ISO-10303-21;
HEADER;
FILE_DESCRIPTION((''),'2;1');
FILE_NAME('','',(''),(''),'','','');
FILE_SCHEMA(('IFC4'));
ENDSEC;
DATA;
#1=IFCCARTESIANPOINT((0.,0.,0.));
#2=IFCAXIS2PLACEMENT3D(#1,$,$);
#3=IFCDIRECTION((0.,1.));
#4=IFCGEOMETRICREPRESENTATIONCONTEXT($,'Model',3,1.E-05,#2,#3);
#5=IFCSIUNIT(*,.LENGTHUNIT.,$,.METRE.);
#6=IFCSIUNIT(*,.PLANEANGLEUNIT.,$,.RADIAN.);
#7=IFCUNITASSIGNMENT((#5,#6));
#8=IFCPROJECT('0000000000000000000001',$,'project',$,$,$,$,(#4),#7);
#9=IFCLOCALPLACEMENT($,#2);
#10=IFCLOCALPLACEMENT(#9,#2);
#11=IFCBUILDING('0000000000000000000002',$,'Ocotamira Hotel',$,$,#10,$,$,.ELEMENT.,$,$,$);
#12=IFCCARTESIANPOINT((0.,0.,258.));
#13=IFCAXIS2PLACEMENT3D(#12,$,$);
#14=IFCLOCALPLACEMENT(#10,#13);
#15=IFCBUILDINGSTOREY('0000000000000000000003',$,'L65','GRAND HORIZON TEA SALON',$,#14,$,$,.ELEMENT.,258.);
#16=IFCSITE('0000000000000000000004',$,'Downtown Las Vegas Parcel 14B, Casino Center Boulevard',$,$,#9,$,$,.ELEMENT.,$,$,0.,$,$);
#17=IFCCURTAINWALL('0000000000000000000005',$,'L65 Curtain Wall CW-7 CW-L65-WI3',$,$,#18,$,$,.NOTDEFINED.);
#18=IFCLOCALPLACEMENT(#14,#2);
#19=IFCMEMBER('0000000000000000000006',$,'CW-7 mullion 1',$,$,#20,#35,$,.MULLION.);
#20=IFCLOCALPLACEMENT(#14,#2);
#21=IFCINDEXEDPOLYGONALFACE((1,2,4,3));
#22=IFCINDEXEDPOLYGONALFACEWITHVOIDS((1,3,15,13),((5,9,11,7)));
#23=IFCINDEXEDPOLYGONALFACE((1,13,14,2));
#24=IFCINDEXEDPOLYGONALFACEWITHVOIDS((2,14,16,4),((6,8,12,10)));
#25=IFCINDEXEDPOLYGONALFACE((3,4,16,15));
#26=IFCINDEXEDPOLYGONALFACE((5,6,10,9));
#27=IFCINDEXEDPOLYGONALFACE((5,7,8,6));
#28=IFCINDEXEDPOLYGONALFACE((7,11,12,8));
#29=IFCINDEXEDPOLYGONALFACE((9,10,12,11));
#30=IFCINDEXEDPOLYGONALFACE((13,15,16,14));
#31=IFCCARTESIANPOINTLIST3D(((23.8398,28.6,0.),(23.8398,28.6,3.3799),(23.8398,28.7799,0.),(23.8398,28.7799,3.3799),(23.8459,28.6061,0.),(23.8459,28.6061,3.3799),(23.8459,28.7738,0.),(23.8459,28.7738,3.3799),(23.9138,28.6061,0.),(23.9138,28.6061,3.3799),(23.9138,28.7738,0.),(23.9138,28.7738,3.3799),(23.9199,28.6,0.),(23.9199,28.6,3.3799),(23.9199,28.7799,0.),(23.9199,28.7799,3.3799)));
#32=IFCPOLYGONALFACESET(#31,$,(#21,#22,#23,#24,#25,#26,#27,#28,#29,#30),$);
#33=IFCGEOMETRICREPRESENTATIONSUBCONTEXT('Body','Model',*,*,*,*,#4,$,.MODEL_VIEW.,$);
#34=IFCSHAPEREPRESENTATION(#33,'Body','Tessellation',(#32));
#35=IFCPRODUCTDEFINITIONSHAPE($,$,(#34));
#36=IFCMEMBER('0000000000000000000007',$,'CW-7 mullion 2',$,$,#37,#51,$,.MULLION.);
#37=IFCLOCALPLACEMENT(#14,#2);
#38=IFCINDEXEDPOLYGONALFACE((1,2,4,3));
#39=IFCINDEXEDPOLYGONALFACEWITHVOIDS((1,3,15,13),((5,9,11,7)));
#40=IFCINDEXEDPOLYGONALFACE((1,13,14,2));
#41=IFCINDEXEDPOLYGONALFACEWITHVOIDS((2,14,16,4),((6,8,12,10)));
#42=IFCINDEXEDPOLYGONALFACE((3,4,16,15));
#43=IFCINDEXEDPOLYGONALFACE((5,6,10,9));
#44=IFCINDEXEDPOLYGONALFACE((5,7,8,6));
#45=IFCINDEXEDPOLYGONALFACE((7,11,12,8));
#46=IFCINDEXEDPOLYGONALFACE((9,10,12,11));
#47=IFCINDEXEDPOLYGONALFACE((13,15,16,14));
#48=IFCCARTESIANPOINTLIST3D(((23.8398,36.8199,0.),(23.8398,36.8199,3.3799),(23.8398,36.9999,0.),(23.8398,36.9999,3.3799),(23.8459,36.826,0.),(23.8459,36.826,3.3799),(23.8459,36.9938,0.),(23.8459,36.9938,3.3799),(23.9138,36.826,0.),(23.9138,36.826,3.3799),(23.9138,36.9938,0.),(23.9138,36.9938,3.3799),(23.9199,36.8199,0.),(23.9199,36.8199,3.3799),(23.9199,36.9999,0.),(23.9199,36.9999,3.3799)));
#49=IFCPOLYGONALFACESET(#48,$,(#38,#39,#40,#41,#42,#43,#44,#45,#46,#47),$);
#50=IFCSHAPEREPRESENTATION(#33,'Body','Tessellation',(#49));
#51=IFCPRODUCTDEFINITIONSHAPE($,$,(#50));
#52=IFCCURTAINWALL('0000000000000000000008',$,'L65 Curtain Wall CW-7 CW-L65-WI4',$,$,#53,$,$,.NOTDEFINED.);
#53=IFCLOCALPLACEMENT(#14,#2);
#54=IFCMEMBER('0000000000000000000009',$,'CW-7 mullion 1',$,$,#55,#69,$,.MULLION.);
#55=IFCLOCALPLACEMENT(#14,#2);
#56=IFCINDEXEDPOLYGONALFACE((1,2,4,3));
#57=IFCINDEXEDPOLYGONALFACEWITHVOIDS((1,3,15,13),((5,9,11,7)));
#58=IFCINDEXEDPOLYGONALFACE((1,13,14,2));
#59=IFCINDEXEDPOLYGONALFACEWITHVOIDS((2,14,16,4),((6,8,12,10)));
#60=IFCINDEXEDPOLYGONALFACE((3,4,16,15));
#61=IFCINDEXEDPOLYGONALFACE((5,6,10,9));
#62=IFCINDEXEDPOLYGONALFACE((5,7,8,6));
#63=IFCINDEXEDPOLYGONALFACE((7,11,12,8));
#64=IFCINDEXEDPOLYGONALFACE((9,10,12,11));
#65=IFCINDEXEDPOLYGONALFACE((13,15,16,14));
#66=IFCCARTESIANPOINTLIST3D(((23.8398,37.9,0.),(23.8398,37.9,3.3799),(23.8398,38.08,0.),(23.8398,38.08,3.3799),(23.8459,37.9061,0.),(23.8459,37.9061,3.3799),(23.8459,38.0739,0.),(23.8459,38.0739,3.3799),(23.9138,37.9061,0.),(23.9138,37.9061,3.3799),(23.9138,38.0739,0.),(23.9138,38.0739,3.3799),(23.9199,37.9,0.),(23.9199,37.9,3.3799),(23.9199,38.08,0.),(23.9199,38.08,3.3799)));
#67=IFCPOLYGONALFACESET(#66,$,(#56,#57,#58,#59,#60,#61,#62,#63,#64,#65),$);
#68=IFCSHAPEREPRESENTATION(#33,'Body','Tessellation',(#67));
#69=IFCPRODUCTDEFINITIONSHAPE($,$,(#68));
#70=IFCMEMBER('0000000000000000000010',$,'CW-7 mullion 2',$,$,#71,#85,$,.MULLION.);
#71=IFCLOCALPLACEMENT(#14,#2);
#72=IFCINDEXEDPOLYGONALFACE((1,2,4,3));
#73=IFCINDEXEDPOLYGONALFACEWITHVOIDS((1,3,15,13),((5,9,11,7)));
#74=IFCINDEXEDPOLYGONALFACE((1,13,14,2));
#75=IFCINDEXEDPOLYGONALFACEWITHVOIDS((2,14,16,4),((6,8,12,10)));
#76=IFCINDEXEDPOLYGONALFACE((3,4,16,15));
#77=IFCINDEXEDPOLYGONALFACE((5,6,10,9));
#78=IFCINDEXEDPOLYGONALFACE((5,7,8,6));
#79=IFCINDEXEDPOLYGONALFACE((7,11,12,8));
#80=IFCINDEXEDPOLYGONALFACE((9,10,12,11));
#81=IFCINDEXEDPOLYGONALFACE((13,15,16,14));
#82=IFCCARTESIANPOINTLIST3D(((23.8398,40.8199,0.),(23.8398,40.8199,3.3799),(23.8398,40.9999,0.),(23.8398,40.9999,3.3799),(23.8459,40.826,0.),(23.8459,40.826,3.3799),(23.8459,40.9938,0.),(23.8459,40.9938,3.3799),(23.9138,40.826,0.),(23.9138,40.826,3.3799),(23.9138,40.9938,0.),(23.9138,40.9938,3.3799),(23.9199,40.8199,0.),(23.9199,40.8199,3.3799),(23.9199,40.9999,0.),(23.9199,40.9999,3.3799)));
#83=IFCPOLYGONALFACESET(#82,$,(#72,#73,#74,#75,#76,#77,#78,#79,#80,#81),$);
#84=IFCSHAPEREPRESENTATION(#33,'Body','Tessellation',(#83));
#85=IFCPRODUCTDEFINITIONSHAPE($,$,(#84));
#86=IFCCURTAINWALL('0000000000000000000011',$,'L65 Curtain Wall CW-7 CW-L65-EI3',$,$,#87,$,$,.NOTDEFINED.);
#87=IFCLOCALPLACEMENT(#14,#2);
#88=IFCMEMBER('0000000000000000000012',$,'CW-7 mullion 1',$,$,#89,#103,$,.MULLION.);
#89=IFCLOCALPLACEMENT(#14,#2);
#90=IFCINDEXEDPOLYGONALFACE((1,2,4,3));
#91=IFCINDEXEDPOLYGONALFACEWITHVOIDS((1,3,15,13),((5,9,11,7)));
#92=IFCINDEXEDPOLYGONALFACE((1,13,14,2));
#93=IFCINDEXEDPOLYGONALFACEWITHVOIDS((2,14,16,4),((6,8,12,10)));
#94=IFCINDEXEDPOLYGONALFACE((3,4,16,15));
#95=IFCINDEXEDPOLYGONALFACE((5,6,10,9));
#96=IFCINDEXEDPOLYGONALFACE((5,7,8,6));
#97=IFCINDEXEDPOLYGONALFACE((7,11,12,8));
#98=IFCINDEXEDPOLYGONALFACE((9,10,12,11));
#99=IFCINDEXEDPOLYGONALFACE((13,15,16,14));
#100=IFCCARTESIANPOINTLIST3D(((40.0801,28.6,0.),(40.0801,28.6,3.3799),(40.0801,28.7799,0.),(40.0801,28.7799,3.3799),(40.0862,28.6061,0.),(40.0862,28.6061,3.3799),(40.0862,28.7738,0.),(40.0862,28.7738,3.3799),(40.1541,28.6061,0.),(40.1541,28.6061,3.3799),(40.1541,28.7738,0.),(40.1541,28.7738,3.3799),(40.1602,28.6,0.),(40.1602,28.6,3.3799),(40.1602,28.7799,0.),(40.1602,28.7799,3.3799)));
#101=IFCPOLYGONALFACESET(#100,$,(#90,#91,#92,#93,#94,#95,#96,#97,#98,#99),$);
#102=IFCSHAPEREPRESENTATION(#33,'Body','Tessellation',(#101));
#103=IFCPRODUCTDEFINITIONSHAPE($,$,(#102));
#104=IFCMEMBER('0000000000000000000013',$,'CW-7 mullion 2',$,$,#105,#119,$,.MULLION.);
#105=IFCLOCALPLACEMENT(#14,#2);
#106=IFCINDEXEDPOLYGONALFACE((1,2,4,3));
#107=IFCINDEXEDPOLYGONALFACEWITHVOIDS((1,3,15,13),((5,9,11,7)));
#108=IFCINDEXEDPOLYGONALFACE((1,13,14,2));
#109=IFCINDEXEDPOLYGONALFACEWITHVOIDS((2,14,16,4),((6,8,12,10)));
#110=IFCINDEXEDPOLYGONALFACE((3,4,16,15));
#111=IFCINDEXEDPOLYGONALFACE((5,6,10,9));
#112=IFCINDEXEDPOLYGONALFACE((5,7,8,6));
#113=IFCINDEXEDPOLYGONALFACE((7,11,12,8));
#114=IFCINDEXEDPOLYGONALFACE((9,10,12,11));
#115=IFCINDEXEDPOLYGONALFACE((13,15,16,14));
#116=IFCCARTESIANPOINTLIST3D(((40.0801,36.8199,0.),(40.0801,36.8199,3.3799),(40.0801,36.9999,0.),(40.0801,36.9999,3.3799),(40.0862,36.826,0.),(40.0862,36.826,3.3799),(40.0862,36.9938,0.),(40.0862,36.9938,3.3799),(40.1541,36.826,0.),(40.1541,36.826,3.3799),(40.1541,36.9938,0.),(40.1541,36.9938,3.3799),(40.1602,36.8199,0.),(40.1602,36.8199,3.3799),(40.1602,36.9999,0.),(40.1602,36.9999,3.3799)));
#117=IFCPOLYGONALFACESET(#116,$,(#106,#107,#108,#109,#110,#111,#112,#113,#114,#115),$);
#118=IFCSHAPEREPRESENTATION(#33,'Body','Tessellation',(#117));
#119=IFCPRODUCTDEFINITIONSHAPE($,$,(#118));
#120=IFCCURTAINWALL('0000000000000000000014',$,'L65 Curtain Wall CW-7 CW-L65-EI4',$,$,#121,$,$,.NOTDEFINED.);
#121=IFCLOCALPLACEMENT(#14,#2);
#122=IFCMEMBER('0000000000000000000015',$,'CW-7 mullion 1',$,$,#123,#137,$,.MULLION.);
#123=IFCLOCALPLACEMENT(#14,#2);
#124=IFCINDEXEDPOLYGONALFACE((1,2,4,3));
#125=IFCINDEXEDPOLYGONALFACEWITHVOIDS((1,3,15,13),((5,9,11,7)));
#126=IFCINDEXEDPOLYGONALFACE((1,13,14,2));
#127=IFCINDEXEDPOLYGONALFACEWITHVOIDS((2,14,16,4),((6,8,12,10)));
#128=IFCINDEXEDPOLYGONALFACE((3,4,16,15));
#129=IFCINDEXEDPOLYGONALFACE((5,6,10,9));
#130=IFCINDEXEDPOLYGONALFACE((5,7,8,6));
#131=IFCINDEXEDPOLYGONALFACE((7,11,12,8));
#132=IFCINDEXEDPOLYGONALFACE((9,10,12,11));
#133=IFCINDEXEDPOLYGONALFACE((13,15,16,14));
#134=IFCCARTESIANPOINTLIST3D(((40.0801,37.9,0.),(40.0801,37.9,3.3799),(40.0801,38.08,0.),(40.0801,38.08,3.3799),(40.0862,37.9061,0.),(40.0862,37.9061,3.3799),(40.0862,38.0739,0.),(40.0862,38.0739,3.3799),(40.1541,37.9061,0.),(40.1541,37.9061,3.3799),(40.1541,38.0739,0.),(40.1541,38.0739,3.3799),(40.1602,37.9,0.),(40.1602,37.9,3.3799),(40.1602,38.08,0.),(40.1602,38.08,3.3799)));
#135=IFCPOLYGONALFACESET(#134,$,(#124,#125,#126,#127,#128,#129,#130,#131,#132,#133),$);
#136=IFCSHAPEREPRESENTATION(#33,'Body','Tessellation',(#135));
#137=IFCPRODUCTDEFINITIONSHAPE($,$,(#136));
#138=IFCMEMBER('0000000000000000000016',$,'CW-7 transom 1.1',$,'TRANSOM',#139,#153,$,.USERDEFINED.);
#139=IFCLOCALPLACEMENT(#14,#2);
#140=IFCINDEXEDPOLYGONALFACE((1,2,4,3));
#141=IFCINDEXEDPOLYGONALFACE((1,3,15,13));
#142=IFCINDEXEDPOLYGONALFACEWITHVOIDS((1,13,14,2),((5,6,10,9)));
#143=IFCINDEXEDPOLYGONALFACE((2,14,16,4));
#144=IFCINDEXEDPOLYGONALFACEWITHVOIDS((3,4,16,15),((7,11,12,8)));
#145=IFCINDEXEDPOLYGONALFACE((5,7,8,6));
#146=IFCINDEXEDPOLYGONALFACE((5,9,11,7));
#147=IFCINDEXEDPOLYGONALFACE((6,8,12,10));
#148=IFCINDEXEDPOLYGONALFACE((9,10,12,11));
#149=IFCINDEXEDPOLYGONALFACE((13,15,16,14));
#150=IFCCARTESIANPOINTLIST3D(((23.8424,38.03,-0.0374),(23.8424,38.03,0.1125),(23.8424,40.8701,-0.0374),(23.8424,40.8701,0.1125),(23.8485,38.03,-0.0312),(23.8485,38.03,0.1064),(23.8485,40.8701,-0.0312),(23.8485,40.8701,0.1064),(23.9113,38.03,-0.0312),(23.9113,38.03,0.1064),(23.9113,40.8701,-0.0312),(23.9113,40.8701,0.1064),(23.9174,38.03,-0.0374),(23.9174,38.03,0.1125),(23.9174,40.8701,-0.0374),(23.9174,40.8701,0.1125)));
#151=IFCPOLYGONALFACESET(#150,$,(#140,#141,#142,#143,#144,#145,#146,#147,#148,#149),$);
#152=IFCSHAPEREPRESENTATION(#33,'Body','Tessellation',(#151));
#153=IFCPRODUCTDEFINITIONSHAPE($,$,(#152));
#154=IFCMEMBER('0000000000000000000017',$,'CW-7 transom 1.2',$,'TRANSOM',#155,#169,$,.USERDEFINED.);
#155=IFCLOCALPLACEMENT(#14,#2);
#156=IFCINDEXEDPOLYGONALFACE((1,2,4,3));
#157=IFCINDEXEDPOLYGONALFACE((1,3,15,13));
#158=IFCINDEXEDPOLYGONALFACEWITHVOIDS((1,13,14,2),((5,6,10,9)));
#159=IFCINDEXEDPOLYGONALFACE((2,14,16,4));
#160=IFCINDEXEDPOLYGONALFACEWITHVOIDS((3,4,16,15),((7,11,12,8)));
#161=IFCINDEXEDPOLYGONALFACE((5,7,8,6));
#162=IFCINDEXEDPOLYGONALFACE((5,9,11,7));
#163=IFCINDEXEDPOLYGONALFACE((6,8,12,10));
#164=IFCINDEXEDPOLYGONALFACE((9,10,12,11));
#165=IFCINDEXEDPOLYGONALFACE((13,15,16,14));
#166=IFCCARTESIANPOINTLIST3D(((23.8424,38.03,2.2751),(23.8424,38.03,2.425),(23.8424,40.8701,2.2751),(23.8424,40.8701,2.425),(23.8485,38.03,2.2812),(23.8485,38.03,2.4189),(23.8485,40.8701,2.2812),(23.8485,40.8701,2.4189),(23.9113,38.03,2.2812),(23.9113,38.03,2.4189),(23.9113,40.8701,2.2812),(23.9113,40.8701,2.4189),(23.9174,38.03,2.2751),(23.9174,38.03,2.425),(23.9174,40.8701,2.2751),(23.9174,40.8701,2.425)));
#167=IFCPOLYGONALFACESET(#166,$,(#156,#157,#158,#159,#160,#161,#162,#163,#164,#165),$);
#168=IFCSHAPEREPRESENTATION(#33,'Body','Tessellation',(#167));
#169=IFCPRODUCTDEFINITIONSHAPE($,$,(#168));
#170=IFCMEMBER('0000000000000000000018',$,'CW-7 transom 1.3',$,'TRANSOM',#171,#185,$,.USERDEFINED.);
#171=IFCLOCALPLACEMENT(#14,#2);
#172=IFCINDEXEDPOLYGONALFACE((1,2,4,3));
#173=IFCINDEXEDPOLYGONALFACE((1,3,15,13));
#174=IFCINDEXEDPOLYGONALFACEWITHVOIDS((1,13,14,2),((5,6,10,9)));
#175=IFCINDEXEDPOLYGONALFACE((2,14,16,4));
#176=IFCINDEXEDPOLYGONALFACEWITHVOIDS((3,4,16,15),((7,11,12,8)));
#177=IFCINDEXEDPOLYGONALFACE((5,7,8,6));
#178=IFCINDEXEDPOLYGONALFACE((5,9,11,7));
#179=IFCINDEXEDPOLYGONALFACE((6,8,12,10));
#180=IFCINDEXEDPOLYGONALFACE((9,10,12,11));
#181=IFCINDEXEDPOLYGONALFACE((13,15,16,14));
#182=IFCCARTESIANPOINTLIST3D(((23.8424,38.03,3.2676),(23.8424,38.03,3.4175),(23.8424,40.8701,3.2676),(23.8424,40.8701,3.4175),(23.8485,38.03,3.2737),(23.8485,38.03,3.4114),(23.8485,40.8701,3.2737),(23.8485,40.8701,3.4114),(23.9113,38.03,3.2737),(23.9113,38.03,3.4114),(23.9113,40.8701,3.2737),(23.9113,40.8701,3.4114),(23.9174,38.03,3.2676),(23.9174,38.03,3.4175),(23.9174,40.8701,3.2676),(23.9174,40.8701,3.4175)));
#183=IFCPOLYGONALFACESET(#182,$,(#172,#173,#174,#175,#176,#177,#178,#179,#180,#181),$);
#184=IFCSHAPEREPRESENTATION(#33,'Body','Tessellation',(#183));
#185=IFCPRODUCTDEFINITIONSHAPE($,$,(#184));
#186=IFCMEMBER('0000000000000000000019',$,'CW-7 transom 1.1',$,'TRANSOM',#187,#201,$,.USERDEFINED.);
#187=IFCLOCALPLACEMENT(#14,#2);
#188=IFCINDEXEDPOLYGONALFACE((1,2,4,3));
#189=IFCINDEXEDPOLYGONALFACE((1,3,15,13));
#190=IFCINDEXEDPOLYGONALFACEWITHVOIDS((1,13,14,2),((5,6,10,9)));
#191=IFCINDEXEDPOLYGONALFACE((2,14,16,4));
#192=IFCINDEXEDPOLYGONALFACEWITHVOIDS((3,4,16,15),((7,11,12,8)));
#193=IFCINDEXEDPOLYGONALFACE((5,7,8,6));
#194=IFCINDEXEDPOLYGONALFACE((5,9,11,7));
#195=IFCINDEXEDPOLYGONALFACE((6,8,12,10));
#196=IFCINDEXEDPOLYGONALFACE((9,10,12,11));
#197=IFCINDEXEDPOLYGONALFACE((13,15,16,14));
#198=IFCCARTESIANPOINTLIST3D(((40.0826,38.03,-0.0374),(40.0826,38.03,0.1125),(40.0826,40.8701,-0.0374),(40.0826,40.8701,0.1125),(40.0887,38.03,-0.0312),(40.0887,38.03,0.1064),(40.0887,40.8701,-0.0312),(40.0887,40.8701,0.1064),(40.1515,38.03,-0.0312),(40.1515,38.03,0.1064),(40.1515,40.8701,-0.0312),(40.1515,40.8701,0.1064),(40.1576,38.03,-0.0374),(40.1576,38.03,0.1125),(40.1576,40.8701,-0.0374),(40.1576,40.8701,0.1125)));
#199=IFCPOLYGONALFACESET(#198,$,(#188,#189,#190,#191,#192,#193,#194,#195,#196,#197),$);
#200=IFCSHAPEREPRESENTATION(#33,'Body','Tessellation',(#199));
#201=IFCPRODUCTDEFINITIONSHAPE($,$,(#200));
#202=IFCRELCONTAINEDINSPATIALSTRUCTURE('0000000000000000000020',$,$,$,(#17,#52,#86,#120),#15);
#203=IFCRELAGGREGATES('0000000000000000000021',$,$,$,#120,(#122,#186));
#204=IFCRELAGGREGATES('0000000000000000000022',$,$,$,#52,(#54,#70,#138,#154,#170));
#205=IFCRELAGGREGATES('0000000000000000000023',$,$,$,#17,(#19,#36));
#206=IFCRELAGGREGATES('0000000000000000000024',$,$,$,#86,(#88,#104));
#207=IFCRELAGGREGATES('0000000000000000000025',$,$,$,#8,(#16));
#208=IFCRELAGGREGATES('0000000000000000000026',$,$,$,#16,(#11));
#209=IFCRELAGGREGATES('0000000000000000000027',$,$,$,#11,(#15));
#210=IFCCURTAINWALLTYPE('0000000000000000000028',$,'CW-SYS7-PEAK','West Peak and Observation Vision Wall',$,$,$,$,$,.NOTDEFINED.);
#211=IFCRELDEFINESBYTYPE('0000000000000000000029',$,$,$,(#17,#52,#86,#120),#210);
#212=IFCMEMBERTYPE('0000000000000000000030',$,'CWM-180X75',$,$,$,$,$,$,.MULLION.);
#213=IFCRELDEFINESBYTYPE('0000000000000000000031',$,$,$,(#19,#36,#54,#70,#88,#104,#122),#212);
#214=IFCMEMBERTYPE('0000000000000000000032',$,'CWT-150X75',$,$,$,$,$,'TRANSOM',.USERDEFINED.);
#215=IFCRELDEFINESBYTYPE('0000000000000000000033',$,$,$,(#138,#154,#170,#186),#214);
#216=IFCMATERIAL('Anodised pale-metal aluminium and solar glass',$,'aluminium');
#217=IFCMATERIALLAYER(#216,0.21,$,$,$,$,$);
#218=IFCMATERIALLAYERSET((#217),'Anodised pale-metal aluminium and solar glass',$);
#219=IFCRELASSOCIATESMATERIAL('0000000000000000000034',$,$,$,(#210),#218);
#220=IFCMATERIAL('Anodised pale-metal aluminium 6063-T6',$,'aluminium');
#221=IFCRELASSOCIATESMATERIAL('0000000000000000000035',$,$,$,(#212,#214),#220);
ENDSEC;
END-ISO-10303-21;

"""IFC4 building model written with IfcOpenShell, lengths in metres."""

from ifc_helpers import new_model, si_unit, direction, frame, origin, origin_2d, place, context, subcontext, project, spatial, hollow_rectangle, extrude, source, transform, mapped, material, layer, layer_set, material_profile, profile_set, type_object, element, aggregate, save


model = new_model("IFC4")

# Units and contexts
model_context = context("Model", 3, precision=1e-05, world=origin(), true_north=direction((0.0, 1.0)))
body_context = subcontext(model_context, "Body", "Model", "MODEL_VIEW")
ifc_project = project(units=[si_unit("LENGTHUNIT", "METRE"), si_unit("PLANEANGLEUNIT", "RADIAN")], contexts=[model_context])

# Site, building, storey
site_placement = place(None, origin())
site = spatial("IfcSite", under=ifc_project, at=site_placement, Name="Downtown Las Vegas Parcel 14B, Casino Center Boulevard", CompositionType="ELEMENT", RefElevation=0.0)
building_placement = place(site_placement, origin())
building = spatial("IfcBuilding", under=site, at=building_placement, Name="Ocotamira Hotel", CompositionType="ELEMENT")
storey_placement = place(building_placement, frame((0.0, 0.0, 258.0)))
storey = spatial("IfcBuildingStorey", under=building, at=storey_placement, Name="L65", Description="GRAND HORIZON TEA SALON", CompositionType="ELEMENT", Elevation=258.0)

# Curtain walls, members
ifc_material_1 = material(Name="Anodised pale-metal aluminium and solar glass", Category="aluminium")
ifc_layer_1 = layer(ifc_material_1, 0.21)
ifc_layer_set_1 = layer_set([ifc_layer_1], Name="Anodised pale-metal aluminium and solar glass")
curtain_wall_type = type_object("IfcCurtainWallType", Name="CW-SYS7-PEAK", Description="West Peak and Observation Vision Wall", PredefinedType="NOTDEFINED", material=ifc_layer_set_1)
curtain_wall_1_placement = place(storey_placement, origin())
curtain_wall_1 = element("IfcCurtainWall", 1, at=curtain_wall_1_placement, inside=storey, type_object=curtain_wall_type, Name="L65 Curtain Wall CW-7 CW-L65-WI3", PredefinedType="NOTDEFINED")
ifc_material_2 = material(Name="Anodised pale-metal aluminium 6063-T6", Category="aluminium")
ifc_material_profile_1 = material_profile(ifc_material_2, hollow_rectangle(XDim=0.0801, YDim=0.1799, WallThickness=0.0061, at=origin_2d()), Name="HSS180X80X6")
ifc_profile_set_1 = profile_set([ifc_material_profile_1], Name="Anodised pale-metal aluminium 6063-T6")
member_type_1 = type_object("IfcMemberType", Name="CWM-180X75", PredefinedType="MULLION", material=ifc_profile_set_1)
shared_shape_1 = source(origin(), body_context, "Body", "SweptSolid", [
    extrude(hollow_rectangle(XDim=0.0801, YDim=0.1799, WallThickness=0.0061, at=origin_2d()), origin(), (0.0, 0.0, 1.0), 3.3799),
])
member_1_placement = place(storey_placement, frame((23.8799, 28.6899, 0.0), z_axis=(0.0, 0.0, 1.0), x_axis=(-1.0, 0.0, 0.0)))
member_1 = element("IfcMember", 2, at=member_1_placement, type_object=member_type_1, Name="CW-7 mullion 1", PredefinedType="MULLION", context=body_context, shape_type="MappedRepresentation", body=[
    mapped(shared_shape_1, transform((0.0, 0.0, 0.0), scale=1.0)),
])
member_2_placement = place(storey_placement, frame((23.8799, 36.9099, 0.0), z_axis=(0.0, 0.0, 1.0), x_axis=(-1.0, 0.0, 0.0)))
member_2 = element("IfcMember", 3, at=member_2_placement, type_object=member_type_1, Name="CW-7 mullion 2", PredefinedType="MULLION", context=body_context, shape_type="MappedRepresentation", body=[
    mapped(shared_shape_1, transform((0.0, 0.0, 0.0), scale=1.0)),
])
curtain_wall_2_placement = place(storey_placement, origin())
curtain_wall_2 = element("IfcCurtainWall", 4, at=curtain_wall_2_placement, inside=storey, type_object=curtain_wall_type, Name="L65 Curtain Wall CW-7 CW-L65-WI4", PredefinedType="NOTDEFINED")
member_3_placement = place(storey_placement, frame((23.8799, 37.99, 0.0), z_axis=(0.0, 0.0, 1.0), x_axis=(-1.0, 0.0, 0.0)))
member_3 = element("IfcMember", 5, at=member_3_placement, type_object=member_type_1, Name="CW-7 mullion 1", PredefinedType="MULLION", context=body_context, shape_type="MappedRepresentation", body=[
    mapped(shared_shape_1, transform((0.0, 0.0, 0.0), scale=1.0)),
])
member_4_placement = place(storey_placement, frame((23.8799, 40.9099, 0.0), z_axis=(0.0, 0.0, 1.0), x_axis=(-1.0, 0.0, 0.0)))
member_4 = element("IfcMember", 6, at=member_4_placement, type_object=member_type_1, Name="CW-7 mullion 2", PredefinedType="MULLION", context=body_context, shape_type="MappedRepresentation", body=[
    mapped(shared_shape_1, transform((0.0, 0.0, 0.0), scale=1.0)),
])
curtain_wall_3_placement = place(storey_placement, origin())
curtain_wall_3 = element("IfcCurtainWall", 7, at=curtain_wall_3_placement, inside=storey, type_object=curtain_wall_type, Name="L65 Curtain Wall CW-7 CW-L65-EI3", PredefinedType="NOTDEFINED")
member_5_placement = place(storey_placement, frame((40.1201, 28.6899, 0.0), z_axis=(0.0, 0.0, 1.0), x_axis=(-1.0, 0.0, 0.0)))
member_5 = element("IfcMember", 8, at=member_5_placement, type_object=member_type_1, Name="CW-7 mullion 1", PredefinedType="MULLION", context=body_context, shape_type="MappedRepresentation", body=[
    mapped(shared_shape_1, transform((0.0, 0.0, 0.0), scale=1.0)),
])
member_6_placement = place(storey_placement, frame((40.1201, 36.9099, 0.0), z_axis=(0.0, 0.0, 1.0), x_axis=(-1.0, 0.0, 0.0)))
member_6 = element("IfcMember", 9, at=member_6_placement, type_object=member_type_1, Name="CW-7 mullion 2", PredefinedType="MULLION", context=body_context, shape_type="MappedRepresentation", body=[
    mapped(shared_shape_1, transform((0.0, 0.0, 0.0), scale=1.0)),
])

# Curtain wall, member
curtain_wall_4_placement = place(storey_placement, origin())
curtain_wall_4 = element("IfcCurtainWall", 10, at=curtain_wall_4_placement, inside=storey, type_object=curtain_wall_type, Name="L65 Curtain Wall CW-7 CW-L65-EI4", PredefinedType="NOTDEFINED")
member_7_placement = place(storey_placement, frame((40.1201, 37.99, 0.0), z_axis=(0.0, 0.0, 1.0), x_axis=(-1.0, 0.0, 0.0)))
member_7 = element("IfcMember", 11, at=member_7_placement, type_object=member_type_1, Name="CW-7 mullion 1", PredefinedType="MULLION", context=body_context, shape_type="MappedRepresentation", body=[
    mapped(shared_shape_1, transform((0.0, 0.0, 0.0), scale=1.0)),
])

# Members
ifc_material_profile_2 = material_profile(ifc_material_2, hollow_rectangle(XDim=0.075, YDim=0.1499, WallThickness=0.0061, at=origin_2d()), Name="HSS150X75X6")
ifc_profile_set_2 = profile_set([ifc_material_profile_2], Name="Anodised pale-metal aluminium 6063-T6")
member_type_2 = type_object("IfcMemberType", Name="CWT-150X75", ElementType="TRANSOM", PredefinedType="USERDEFINED", material=ifc_profile_set_2)
shared_shape_2 = source(origin(), body_context, "Body", "SweptSolid", [
    extrude(hollow_rectangle(XDim=0.075, YDim=0.1499, WallThickness=0.0061, at=origin_2d()), origin(), (0.0, 0.0, 1.0), 2.8401),
])
member_8_placement = place(storey_placement, frame((23.8799, 38.03, 0.0376), z_axis=(0.0, 1.0, 0.0), x_axis=(-1.0, 0.0, 0.0)))
member_8 = element("IfcMember", 12, at=member_8_placement, type_object=member_type_2, Name="CW-7 transom 1.1", ObjectType="TRANSOM", PredefinedType="USERDEFINED", context=body_context, shape_type="MappedRepresentation", body=[
    mapped(shared_shape_2, transform((0.0, 0.0, 0.0), scale=1.0)),
])
member_9_placement = place(storey_placement, frame((23.8799, 38.03, 2.3501), z_axis=(0.0, 1.0, 0.0), x_axis=(-1.0, 0.0, 0.0)))
member_9 = element("IfcMember", 13, at=member_9_placement, type_object=member_type_2, Name="CW-7 transom 1.2", ObjectType="TRANSOM", PredefinedType="USERDEFINED", context=body_context, shape_type="MappedRepresentation", body=[
    mapped(shared_shape_2, transform((0.0, 0.0, 0.0), scale=1.0)),
])
member_10_placement = place(storey_placement, frame((23.8799, 38.03, 3.3425), z_axis=(0.0, 1.0, 0.0), x_axis=(-1.0, 0.0, 0.0)))
member_10 = element("IfcMember", 14, at=member_10_placement, type_object=member_type_2, Name="CW-7 transom 1.3", ObjectType="TRANSOM", PredefinedType="USERDEFINED", context=body_context, shape_type="MappedRepresentation", body=[
    mapped(shared_shape_2, transform((0.0, 0.0, 0.0), scale=1.0)),
])
member_11_placement = place(storey_placement, frame((40.1201, 38.03, 0.0376), z_axis=(0.0, 1.0, 0.0), x_axis=(-1.0, 0.0, 0.0)))
member_11 = element("IfcMember", 15, at=member_11_placement, type_object=member_type_2, Name="CW-7 transom 1.1", ObjectType="TRANSOM", PredefinedType="USERDEFINED", context=body_context, shape_type="MappedRepresentation", body=[
    mapped(shared_shape_2, transform((0.0, 0.0, 0.0), scale=1.0)),
])
aggregate(curtain_wall_4, [member_7, member_11])

aggregate(curtain_wall_2, [member_3, member_4, member_8, member_9, member_10])
aggregate(curtain_wall_1, [member_1, member_2])
aggregate(curtain_wall_3, [member_5, member_6])

save(model, "model.ifc")
